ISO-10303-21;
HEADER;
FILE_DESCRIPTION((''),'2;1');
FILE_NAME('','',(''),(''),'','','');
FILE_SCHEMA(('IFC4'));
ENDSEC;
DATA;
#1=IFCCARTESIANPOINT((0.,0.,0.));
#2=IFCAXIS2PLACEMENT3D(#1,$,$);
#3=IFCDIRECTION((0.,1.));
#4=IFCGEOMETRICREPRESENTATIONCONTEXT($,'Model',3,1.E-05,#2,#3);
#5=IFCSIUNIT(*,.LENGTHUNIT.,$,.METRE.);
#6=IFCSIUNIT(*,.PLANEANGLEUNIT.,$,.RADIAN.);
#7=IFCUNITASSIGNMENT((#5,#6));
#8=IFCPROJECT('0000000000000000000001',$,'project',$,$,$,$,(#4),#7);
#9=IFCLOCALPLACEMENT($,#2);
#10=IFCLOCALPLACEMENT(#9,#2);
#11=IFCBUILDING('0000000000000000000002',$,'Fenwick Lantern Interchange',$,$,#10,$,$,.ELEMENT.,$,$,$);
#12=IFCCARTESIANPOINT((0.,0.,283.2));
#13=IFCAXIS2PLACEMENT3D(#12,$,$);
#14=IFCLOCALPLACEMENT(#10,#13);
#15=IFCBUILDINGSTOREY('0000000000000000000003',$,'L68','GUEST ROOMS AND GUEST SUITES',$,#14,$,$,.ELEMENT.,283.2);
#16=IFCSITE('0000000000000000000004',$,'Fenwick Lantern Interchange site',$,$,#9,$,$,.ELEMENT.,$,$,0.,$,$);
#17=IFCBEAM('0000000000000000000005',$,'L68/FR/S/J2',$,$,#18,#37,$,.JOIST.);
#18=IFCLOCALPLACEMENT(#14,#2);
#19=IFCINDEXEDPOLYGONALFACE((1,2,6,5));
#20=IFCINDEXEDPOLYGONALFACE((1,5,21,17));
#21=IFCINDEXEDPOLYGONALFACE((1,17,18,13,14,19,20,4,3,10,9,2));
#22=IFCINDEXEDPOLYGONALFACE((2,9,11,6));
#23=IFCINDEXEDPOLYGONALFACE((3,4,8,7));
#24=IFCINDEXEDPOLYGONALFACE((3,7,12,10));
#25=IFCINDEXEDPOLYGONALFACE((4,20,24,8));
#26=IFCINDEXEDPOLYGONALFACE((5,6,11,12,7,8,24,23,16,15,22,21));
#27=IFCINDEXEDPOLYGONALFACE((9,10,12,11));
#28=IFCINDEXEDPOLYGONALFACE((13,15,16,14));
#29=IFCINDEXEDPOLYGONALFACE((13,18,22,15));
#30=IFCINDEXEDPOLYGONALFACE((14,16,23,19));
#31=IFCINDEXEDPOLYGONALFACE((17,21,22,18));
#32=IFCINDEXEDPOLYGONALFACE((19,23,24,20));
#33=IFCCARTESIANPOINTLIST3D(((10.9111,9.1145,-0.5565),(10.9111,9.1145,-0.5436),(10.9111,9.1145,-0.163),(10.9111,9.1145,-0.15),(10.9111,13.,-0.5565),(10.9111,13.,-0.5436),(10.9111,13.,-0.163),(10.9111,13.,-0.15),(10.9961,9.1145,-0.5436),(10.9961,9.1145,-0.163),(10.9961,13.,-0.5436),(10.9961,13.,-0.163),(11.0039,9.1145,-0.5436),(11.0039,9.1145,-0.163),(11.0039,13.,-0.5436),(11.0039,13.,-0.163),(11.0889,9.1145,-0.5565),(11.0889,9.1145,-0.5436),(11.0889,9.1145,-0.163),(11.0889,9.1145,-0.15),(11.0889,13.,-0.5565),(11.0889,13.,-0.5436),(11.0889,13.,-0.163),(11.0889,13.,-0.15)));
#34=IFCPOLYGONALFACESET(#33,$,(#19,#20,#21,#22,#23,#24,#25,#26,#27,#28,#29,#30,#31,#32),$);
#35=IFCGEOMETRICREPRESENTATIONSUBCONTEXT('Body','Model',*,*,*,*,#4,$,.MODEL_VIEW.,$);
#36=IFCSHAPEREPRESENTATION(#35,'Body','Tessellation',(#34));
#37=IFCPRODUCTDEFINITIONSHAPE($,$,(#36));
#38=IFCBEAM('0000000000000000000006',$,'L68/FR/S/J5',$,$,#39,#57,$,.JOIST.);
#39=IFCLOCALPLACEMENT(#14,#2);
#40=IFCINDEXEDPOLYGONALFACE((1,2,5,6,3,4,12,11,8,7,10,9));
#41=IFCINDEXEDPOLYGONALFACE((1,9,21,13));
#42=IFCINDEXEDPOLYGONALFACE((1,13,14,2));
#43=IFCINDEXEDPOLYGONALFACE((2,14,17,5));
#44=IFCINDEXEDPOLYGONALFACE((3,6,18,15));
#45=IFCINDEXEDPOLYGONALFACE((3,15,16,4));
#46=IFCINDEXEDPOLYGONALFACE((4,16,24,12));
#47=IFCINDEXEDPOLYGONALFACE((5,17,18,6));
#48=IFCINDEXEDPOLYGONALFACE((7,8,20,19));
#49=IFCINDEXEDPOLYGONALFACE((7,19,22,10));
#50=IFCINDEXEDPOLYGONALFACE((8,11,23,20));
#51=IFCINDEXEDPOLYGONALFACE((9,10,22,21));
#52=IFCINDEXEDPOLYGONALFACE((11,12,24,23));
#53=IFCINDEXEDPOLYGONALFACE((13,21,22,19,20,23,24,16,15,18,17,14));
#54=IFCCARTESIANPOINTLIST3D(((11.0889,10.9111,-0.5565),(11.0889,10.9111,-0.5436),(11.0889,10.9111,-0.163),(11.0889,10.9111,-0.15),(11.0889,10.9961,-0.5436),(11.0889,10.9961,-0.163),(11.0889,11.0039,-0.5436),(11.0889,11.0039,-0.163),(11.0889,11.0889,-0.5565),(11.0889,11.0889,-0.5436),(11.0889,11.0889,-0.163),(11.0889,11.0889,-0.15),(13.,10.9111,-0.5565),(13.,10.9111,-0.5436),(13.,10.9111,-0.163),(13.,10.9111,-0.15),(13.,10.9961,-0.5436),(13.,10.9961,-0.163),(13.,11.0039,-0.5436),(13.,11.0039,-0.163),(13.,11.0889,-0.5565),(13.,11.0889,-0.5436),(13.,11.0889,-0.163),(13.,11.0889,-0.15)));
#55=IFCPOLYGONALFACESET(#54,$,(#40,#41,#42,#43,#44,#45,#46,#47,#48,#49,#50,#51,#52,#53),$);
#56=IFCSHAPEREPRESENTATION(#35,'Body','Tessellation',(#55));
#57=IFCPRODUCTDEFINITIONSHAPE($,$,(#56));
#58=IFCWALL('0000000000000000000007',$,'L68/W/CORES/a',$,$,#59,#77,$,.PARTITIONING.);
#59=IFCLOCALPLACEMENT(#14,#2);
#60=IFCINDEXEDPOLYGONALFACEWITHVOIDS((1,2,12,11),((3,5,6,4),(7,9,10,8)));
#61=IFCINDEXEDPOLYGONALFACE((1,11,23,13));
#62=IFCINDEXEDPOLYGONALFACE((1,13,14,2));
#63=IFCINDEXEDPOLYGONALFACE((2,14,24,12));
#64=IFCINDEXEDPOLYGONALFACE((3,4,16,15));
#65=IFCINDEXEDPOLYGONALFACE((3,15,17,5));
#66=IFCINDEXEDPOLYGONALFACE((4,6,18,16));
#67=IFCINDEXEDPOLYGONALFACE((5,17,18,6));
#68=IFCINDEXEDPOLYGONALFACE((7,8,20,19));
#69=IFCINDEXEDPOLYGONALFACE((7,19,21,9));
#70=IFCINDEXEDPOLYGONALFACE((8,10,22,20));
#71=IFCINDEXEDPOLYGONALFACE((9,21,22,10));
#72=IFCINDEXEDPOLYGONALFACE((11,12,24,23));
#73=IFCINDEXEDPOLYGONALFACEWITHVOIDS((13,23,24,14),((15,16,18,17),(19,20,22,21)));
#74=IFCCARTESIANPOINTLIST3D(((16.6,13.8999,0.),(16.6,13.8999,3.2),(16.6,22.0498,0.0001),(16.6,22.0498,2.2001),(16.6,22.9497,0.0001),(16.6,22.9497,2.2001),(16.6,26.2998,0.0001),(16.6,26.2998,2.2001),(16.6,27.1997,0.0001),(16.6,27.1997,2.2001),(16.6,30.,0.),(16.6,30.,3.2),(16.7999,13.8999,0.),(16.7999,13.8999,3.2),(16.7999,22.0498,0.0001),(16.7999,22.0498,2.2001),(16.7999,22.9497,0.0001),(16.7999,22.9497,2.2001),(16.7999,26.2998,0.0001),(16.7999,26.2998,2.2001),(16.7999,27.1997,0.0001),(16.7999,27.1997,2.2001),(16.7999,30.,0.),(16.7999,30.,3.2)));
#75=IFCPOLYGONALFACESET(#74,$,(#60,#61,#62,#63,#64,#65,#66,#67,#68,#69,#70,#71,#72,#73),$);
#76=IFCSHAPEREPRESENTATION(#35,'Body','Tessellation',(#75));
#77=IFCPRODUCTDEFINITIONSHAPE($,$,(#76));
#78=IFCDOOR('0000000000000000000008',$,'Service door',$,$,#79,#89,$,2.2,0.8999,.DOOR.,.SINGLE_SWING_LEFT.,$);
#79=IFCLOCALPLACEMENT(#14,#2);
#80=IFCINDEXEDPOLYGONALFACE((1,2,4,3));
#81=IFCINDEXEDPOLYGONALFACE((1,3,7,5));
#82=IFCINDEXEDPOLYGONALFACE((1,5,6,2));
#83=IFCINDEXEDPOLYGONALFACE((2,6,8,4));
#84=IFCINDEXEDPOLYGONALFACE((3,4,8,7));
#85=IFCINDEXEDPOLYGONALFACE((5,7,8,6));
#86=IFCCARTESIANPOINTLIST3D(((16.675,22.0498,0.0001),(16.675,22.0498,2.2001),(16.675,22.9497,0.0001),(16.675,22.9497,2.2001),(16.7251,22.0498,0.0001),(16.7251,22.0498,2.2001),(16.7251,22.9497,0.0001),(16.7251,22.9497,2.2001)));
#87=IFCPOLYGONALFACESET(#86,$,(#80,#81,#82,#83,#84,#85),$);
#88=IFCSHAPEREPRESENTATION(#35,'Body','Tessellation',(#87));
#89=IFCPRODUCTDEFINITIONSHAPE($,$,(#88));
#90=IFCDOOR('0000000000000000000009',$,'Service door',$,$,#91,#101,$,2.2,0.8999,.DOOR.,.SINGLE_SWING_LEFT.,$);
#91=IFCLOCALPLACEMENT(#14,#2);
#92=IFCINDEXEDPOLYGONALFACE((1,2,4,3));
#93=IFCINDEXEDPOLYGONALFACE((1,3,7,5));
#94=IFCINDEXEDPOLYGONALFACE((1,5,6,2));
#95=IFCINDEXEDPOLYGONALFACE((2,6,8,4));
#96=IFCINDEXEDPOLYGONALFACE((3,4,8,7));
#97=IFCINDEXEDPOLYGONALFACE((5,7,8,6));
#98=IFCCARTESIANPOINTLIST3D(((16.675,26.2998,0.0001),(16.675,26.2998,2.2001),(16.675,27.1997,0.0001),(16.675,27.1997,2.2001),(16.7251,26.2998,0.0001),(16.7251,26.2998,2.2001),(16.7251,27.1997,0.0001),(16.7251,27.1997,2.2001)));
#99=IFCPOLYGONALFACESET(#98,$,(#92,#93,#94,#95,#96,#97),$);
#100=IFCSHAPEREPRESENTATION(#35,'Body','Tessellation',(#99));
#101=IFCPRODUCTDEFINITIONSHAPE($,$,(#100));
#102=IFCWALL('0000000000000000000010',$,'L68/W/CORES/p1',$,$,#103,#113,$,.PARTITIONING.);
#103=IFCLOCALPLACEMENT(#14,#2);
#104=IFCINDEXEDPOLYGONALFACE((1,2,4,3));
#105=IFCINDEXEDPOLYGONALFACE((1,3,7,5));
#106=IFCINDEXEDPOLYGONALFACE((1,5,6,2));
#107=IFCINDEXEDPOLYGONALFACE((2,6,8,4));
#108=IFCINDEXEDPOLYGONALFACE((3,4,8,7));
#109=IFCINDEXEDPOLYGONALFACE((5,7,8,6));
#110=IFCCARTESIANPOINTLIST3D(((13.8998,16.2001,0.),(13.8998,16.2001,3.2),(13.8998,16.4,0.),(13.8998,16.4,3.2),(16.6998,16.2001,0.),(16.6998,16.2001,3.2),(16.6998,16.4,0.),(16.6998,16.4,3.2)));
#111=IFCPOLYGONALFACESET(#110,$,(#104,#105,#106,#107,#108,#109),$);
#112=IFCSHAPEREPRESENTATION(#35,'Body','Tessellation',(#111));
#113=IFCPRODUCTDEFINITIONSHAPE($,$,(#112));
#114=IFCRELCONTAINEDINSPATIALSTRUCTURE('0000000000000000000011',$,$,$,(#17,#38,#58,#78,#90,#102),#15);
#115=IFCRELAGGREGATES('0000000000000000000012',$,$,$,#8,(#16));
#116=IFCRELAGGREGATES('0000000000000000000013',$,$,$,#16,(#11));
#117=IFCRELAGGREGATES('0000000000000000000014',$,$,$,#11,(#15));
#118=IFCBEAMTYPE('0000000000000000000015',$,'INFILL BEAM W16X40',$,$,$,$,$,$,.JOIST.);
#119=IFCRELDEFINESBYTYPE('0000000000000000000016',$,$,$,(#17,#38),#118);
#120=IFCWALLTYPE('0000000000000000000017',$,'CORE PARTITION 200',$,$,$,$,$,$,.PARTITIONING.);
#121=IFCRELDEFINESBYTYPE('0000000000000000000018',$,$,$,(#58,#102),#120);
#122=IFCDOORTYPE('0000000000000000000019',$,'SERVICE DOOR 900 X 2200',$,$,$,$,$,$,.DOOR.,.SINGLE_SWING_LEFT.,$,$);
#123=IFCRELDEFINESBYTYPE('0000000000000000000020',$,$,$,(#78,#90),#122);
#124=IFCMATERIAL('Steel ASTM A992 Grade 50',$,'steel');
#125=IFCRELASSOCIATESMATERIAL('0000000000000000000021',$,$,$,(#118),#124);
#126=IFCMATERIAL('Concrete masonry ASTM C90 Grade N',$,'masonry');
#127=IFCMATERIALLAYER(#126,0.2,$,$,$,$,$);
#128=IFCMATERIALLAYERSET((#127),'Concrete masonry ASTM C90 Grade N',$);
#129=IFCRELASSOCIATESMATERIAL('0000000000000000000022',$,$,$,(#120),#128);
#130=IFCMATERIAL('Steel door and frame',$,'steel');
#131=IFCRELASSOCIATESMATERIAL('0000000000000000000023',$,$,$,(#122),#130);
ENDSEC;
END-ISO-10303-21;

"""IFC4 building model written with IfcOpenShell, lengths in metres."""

from ifc_helpers import new_model, si_unit, direction, frame, frame_2d, origin, origin_2d, place, context, subcontext, project, spatial, rectangle, i_section, extrude, material, layer, layer_set, material_profile, profile_set, type_object, element, fill, save


model = new_model("IFC4")

# Units and contexts
model_context = context("Model", 3, precision=1e-05, world=origin(), true_north=direction((0.0, 1.0)))
body_context = subcontext(model_context, "Body", "Model", "MODEL_VIEW")
ifc_project = project(units=[si_unit("LENGTHUNIT", "METRE"), si_unit("PLANEANGLEUNIT", "RADIAN")], contexts=[model_context])

# Site, building, storey
site_placement = place(None, origin())
site = spatial("IfcSite", under=ifc_project, at=site_placement, Name="Fenwick Lantern Interchange site", CompositionType="ELEMENT", RefElevation=0.0)
building_placement = place(site_placement, origin())
building = spatial("IfcBuilding", under=site, at=building_placement, Name="Fenwick Lantern Interchange", CompositionType="ELEMENT")
storey_placement = place(building_placement, frame((0.0, 0.0, 283.2)))
storey = spatial("IfcBuildingStorey", under=building, at=storey_placement, Name="L68", Description="GUEST ROOMS AND GUEST SUITES", CompositionType="ELEMENT", Elevation=283.2)

# Beams
ifc_material_1 = material(Name="Steel ASTM A992 Grade 50", Category="steel")
ifc_material_profile = material_profile(ifc_material_1, i_section(OverallWidth=0.1777, OverallDepth=0.4065, WebThickness=0.0078, FlangeThickness=0.0129, at=origin_2d()), Name="W16X40")
ifc_profile_set = profile_set([ifc_material_profile], Name="Steel ASTM A992 Grade 50")
beam_type = type_object("IfcBeamType", Name="INFILL BEAM W16X40", PredefinedType="JOIST", material=ifc_profile_set)
beam_1_placement = place(storey_placement, frame((11.0, 9.1145, -0.3533), z_axis=(0.0, 1.0, 0.0), x_axis=(-1.0, 0.0, 0.0)))
element("IfcBeam", 1, at=beam_1_placement, inside=storey, type_object=beam_type, Name="L68/FR/S/J2", PredefinedType="JOIST", context=body_context, shape_type="SweptSolid", body=[
    extrude(i_section(OverallWidth=0.1777, OverallDepth=0.4065, WebThickness=0.0078, FlangeThickness=0.0129, at=origin_2d()), origin(), (0.0, 0.0, 1.0), 3.8855),
])
beam_2_placement = place(storey_placement, frame((11.0889, 11.0, -0.3533), z_axis=(1.0, 0.0, 0.0), x_axis=(0.0, 1.0, 0.0)))
element("IfcBeam", 2, at=beam_2_placement, inside=storey, type_object=beam_type, Name="L68/FR/S/J5", PredefinedType="JOIST", context=body_context, shape_type="SweptSolid", body=[
    extrude(i_section(OverallWidth=0.1777, OverallDepth=0.4065, WebThickness=0.0078, FlangeThickness=0.0129, at=origin_2d()), origin(), (0.0, 0.0, 1.0), 1.9111),
])

# Wall, openings, doors
ifc_material_2 = material(Name="Concrete masonry ASTM C90 Grade N", Category="masonry")
ifc_layer_1 = layer(ifc_material_2, 0.2)
ifc_layer_set_1 = layer_set([ifc_layer_1], Name="Concrete masonry ASTM C90 Grade N")
wall_type_1 = type_object("IfcWallType", Name="CORE PARTITION 200", PredefinedType="PARTITIONING", material=ifc_layer_set_1)
wall_1_placement = place(storey_placement, frame((16.7, 13.8999, 0.0), z_axis=(0.0, 0.0, 1.0), x_axis=(0.0, 1.0, 0.0)))
wall_1 = element("IfcWall", 3, at=wall_1_placement, inside=storey, type_object=wall_type_1, Name="L68/W/CORES/a", PredefinedType="PARTITIONING", context=body_context, shape_type="SweptSolid", body=[
    extrude(rectangle(XDim=16.1001, YDim=0.2, at=frame_2d((8.05, 0.0))), origin(), (0.0, 0.0, 1.0), 3.2),
])
opening_1_placement = place(wall_1_placement, frame((8.1499, 0.0, 0.0)))
opening_1 = element("IfcOpeningElement", 4, at=opening_1_placement, cuts=wall_1, PredefinedType="OPENING", context=body_context, shape_type="SweptSolid", body=[
    extrude(rectangle(XDim=0.8999, YDim=2.2, at=frame_2d((0.45, 1.1001))), frame((0.0, 0.1099, 0.0), z_axis=(0.0, -1.0, 0.0), x_axis=(1.0, 0.0, 0.0)), (0.0, 0.0, 1.0), 0.22),
])
opening_2_placement = place(wall_1_placement, frame((12.3999, 0.0, 0.0)))
opening_2 = element("IfcOpeningElement", 5, at=opening_2_placement, cuts=wall_1, PredefinedType="OPENING", context=body_context, shape_type="SweptSolid", body=[
    extrude(rectangle(XDim=0.8999, YDim=2.2, at=frame_2d((0.45, 1.1001))), frame((0.0, 0.1099, 0.0), z_axis=(0.0, -1.0, 0.0), x_axis=(1.0, 0.0, 0.0)), (0.0, 0.0, 1.0), 0.22),
])
ifc_material_3 = material(Name="Steel door and frame", Category="steel")
door_type_1 = type_object("IfcDoorType", Name="SERVICE DOOR 900 X 2200", OperationType="SINGLE_SWING_LEFT", PredefinedType="DOOR", material=ifc_material_3)
door_1_placement = place(opening_1_placement, origin())
door_1 = element("IfcDoor", 6, at=door_1_placement, inside=storey, type_object=door_type_1, Name="Service door", OperationType="SINGLE_SWING_LEFT", OverallHeight=2.2, OverallWidth=0.8999, PredefinedType="DOOR", context=body_context, shape_type="SweptSolid", body=[
    extrude(rectangle(XDim=0.8999, YDim=2.2, at=frame_2d((0.45, 1.1001))), frame((0.0, 0.0249, 0.0), z_axis=(0.0, -1.0, 0.0), x_axis=(1.0, 0.0, 0.0)), (0.0, 0.0, 1.0), 0.05),
])
fill(opening_1, door_1)
door_2_placement = place(opening_2_placement, origin())
door_2 = element("IfcDoor", 7, at=door_2_placement, inside=storey, type_object=door_type_1, Name="Service door", OperationType="SINGLE_SWING_LEFT", OverallHeight=2.2, OverallWidth=0.8999, PredefinedType="DOOR", context=body_context, shape_type="SweptSolid", body=[
    extrude(rectangle(XDim=0.8999, YDim=2.2, at=frame_2d((0.45, 1.1001))), frame((0.0, 0.0249, 0.0), z_axis=(0.0, -1.0, 0.0), x_axis=(1.0, 0.0, 0.0)), (0.0, 0.0, 1.0), 0.05),
])
fill(opening_2, door_2)

# Wall
wall_2_placement = place(storey_placement, frame((13.8999, 16.3, 0.0), z_axis=(0.0, 0.0, 1.0), x_axis=(1.0, 0.0, 0.0)))
element("IfcWall", 8, at=wall_2_placement, inside=storey, type_object=wall_type_1, Name="L68/W/CORES/p1", PredefinedType="PARTITIONING", context=body_context, shape_type="SweptSolid", body=[
    extrude(rectangle(XDim=2.8, YDim=0.2, at=frame_2d((1.3999, 0.0))), origin(), (0.0, 0.0, 1.0), 3.2),
])

save(model, "model.ifc")
